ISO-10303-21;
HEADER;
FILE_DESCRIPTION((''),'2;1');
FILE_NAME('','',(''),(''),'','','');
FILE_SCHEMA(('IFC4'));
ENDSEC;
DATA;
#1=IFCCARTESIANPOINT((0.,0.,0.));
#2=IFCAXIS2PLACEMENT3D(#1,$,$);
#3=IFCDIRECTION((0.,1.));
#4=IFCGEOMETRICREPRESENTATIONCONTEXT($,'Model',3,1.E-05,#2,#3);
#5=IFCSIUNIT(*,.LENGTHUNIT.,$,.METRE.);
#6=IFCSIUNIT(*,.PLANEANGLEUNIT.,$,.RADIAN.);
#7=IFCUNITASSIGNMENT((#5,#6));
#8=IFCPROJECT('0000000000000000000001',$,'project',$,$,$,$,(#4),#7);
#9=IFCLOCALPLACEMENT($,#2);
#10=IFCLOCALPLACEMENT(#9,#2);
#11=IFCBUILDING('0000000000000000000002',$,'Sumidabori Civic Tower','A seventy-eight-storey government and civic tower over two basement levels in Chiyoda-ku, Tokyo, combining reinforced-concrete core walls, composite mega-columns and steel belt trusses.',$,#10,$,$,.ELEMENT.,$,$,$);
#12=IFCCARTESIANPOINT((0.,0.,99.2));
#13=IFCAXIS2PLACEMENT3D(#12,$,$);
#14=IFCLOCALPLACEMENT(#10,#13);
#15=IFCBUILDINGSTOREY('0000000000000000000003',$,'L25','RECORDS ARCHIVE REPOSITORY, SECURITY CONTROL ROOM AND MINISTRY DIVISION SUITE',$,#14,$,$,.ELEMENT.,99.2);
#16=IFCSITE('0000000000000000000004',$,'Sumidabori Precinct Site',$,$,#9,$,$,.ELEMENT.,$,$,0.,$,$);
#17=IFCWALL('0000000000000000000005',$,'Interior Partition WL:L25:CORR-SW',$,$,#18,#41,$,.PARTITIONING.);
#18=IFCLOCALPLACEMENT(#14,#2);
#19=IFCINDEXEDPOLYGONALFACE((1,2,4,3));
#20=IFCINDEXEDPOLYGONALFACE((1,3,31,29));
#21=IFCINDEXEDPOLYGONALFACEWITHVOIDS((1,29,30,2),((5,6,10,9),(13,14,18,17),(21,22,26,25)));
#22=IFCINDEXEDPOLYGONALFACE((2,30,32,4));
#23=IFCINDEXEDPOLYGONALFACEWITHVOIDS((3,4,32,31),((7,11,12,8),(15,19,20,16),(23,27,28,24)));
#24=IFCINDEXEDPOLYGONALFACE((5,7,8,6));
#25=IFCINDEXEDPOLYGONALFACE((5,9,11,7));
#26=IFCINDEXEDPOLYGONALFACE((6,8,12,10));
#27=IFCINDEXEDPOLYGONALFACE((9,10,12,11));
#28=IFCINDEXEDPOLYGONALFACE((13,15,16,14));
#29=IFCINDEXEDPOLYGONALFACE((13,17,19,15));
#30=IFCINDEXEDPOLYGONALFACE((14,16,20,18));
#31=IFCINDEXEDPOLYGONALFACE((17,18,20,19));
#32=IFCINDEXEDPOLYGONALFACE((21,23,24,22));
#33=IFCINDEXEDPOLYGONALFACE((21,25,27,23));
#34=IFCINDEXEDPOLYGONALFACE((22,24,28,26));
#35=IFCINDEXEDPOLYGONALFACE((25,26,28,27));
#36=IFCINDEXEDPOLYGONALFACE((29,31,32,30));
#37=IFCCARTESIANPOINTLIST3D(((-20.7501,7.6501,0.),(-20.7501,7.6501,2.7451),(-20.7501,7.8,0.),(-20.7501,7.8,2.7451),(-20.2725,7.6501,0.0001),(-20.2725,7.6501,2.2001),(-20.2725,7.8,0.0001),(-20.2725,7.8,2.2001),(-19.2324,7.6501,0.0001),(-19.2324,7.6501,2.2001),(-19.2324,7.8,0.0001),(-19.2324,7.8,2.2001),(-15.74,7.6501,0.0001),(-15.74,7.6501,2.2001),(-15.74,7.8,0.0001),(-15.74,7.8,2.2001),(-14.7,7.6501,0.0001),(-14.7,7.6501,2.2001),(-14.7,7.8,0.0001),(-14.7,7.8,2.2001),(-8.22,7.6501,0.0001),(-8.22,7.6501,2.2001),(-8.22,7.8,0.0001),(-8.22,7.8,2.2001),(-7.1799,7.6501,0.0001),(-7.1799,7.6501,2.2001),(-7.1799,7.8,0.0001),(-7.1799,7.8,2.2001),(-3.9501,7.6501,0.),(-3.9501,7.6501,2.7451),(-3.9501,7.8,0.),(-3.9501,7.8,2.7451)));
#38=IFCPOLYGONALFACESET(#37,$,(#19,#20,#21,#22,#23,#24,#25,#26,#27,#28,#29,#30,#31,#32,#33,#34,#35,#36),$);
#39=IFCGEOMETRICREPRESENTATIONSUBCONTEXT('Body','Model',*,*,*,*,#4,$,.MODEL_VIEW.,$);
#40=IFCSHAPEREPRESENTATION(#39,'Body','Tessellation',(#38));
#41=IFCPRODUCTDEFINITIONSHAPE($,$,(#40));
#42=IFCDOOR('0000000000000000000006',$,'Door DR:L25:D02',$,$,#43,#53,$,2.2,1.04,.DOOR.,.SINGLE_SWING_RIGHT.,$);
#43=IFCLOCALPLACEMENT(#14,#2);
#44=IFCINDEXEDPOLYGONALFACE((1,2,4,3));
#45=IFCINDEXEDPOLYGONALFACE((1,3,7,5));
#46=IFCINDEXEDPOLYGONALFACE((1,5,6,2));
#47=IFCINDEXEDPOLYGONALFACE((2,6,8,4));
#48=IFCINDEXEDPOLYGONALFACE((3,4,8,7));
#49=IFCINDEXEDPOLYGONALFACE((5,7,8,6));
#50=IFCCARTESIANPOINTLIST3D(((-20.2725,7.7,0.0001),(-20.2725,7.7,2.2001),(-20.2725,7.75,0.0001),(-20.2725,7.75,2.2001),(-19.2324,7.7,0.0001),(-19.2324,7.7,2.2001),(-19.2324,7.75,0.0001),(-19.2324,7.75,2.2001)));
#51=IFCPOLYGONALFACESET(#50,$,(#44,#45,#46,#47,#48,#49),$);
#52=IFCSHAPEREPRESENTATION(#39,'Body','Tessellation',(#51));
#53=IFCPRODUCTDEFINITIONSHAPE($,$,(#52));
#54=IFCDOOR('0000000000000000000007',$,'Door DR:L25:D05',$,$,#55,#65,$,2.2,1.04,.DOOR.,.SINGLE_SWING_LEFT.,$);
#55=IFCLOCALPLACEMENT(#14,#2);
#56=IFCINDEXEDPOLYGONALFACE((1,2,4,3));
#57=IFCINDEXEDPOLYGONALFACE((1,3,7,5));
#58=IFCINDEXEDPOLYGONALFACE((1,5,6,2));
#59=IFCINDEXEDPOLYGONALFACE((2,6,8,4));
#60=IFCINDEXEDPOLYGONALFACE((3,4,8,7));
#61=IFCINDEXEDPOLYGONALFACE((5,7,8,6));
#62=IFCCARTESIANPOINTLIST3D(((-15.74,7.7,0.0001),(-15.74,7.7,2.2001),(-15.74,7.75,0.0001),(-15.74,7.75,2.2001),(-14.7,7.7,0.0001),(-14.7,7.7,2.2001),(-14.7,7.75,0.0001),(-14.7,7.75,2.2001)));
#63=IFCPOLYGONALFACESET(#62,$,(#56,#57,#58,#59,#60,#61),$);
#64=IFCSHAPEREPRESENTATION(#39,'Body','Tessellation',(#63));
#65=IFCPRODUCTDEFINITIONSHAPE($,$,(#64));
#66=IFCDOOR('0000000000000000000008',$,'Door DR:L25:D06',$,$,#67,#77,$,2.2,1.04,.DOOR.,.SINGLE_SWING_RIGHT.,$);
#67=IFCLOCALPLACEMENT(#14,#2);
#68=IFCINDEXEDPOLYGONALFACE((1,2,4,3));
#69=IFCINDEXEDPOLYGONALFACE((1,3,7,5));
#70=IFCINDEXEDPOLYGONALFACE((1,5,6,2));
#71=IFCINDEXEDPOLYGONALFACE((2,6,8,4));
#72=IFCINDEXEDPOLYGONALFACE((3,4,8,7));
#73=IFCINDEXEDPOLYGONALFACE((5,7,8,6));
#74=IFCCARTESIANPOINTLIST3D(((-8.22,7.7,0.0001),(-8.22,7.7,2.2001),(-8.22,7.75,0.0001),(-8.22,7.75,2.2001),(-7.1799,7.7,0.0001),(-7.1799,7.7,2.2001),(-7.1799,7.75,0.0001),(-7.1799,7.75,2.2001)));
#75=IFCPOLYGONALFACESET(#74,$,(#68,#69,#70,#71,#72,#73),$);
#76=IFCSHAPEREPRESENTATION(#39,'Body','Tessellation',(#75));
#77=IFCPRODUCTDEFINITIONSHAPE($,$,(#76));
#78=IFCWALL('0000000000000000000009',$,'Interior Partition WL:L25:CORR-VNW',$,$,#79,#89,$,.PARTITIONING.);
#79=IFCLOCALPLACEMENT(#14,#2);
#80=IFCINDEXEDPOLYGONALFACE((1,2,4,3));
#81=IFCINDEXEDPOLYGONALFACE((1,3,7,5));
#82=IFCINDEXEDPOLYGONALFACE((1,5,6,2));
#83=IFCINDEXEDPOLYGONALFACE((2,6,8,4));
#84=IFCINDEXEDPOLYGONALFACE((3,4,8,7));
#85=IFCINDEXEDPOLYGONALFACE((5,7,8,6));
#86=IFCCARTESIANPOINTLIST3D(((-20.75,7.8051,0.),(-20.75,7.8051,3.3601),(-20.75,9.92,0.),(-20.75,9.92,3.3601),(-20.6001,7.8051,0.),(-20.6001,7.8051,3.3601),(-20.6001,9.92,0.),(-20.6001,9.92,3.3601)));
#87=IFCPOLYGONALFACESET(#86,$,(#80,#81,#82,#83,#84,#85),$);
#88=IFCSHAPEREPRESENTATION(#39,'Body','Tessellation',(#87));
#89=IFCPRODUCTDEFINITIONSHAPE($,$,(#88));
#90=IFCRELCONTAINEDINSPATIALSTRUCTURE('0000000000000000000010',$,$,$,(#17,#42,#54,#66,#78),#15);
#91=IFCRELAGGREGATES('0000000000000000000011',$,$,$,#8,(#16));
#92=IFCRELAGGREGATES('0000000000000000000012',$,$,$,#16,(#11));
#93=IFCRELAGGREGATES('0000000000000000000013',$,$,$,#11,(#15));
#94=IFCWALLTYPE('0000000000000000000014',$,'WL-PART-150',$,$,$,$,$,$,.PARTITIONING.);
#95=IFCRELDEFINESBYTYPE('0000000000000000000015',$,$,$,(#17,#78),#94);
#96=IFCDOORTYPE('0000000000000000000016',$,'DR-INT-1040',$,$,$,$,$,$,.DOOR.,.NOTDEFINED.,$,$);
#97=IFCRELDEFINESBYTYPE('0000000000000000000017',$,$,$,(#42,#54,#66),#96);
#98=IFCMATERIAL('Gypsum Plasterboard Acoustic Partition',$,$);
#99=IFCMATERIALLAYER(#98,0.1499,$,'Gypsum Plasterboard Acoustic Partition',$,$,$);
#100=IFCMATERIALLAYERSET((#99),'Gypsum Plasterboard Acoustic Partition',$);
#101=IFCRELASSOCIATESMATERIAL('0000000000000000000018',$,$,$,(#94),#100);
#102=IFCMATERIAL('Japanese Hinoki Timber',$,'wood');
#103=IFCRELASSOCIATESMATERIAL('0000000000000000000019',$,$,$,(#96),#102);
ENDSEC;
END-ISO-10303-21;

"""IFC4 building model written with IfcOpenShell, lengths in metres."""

from ifc_helpers import new_model, si_unit, direction, frame, frame_2d, origin, place, context, subcontext, project, spatial, rectangle, extrude, source, transform, mapped, material, layer, layer_set, type_object, element, fill, save


model = new_model("IFC4")

# Units and contexts
model_context = context("Model", 3, precision=1e-05, world=origin(), true_north=direction((0.0, 1.0)))
body_context = subcontext(model_context, "Body", "Model", "MODEL_VIEW")
ifc_project = project(units=[si_unit("LENGTHUNIT", "METRE"), si_unit("PLANEANGLEUNIT", "RADIAN")], contexts=[model_context])

# Site, building, storey
site_placement = place(None, origin())
site = spatial("IfcSite", under=ifc_project, at=site_placement, Name="Sumidabori Precinct Site", CompositionType="ELEMENT", RefElevation=0.0)
building_placement = place(site_placement, origin())
building = spatial("IfcBuilding", under=site, at=building_placement, Name="Sumidabori Civic Tower", Description="A seventy-eight-storey government and civic tower over two basement levels in Chiyoda-ku, Tokyo, combining reinforced-concrete core walls, composite mega-columns and steel belt trusses.", CompositionType="ELEMENT")
storey_placement = place(building_placement, frame((0.0, 0.0, 99.2)))
storey = spatial("IfcBuildingStorey", under=building, at=storey_placement, Name="L25", Description="RECORDS ARCHIVE REPOSITORY, SECURITY CONTROL ROOM AND MINISTRY DIVISION SUITE", CompositionType="ELEMENT", Elevation=99.2)

# Shared definitions
ifc_material_1 = material(Name="Gypsum Plasterboard Acoustic Partition")
ifc_layer_1 = layer(ifc_material_1, 0.1499, Name="Gypsum Plasterboard Acoustic Partition")
ifc_layer_set_1 = layer_set([ifc_layer_1], Name="Gypsum Plasterboard Acoustic Partition")
wall_type_1 = type_object("IfcWallType", Name="WL-PART-150", PredefinedType="PARTITIONING", material=ifc_layer_set_1)

# Shared definitions
ifc_material_2 = material(Name="Japanese Hinoki Timber", Category="wood")

# Wall, openings, doors
shared_shape_1 = source(origin(), body_context, "Body", "SweptSolid", [
    extrude(rectangle(XDim=16.8, YDim=0.1499, at=frame_2d((8.3999, 0.0))), origin(), (0.0, 0.0, 1.0), 2.7451),
])
wall_1_placement = place(storey_placement, frame((-20.75, 7.7251, 0.0), z_axis=(0.0, 0.0, 1.0), x_axis=(1.0, 0.0, 0.0)))
wall_1 = element("IfcWall", 1, at=wall_1_placement, inside=storey, type_object=wall_type_1, Name="Interior Partition WL:L25:CORR-SW", PredefinedType="PARTITIONING", context=body_context, shape_type="MappedRepresentation", body=[
    mapped(shared_shape_1, transform((0.0, 0.0, 0.0), x_axis=(1.0, 0.0, 0.0), y_axis=(0.0, 1.0, 0.0), z_axis=(0.0, 0.0, 1.0), scale=1.0)),
])
opening_1_placement = place(wall_1_placement, frame((0.4775, 0.0, 0.0)))
opening_1 = element("IfcOpeningElement", 2, at=opening_1_placement, cuts=wall_1, PredefinedType="OPENING", context=body_context, shape_type="SweptSolid", body=[
    extrude(rectangle(XDim=1.04, YDim=2.2, at=frame_2d((0.52, 1.1001))), frame((0.0, 0.0869, 0.0), z_axis=(0.0, -1.0, 0.0), x_axis=(1.0, 0.0, 0.0)), (0.0, 0.0, 1.0), 0.1738),
])
opening_2_placement = place(wall_1_placement, frame((5.01, 0.0, 0.0)))
opening_2 = element("IfcOpeningElement", 3, at=opening_2_placement, cuts=wall_1, PredefinedType="OPENING", context=body_context, shape_type="SweptSolid", body=[
    extrude(rectangle(XDim=1.04, YDim=2.2, at=frame_2d((0.52, 1.1001))), frame((0.0, 0.0869, 0.0), z_axis=(0.0, -1.0, 0.0), x_axis=(1.0, 0.0, 0.0)), (0.0, 0.0, 1.0), 0.1738),
])
opening_3_placement = place(wall_1_placement, frame((12.53, 0.0, 0.0)))
opening_3 = element("IfcOpeningElement", 4, at=opening_3_placement, cuts=wall_1, PredefinedType="OPENING", context=body_context, shape_type="SweptSolid", body=[
    extrude(rectangle(XDim=1.04, YDim=2.2, at=frame_2d((0.52, 1.1001))), frame((0.0, 0.0869, 0.0), z_axis=(0.0, -1.0, 0.0), x_axis=(1.0, 0.0, 0.0)), (0.0, 0.0, 1.0), 0.1738),
])
door_type_1 = type_object("IfcDoorType", Name="DR-INT-1040", OperationType="NOTDEFINED", PredefinedType="DOOR", material=ifc_material_2)
shared_shape_2 = source(origin(), body_context, "Body", "SweptSolid", [
    extrude(rectangle(XDim=1.04, YDim=2.2, at=frame_2d((0.52, 1.1001))), frame((0.0, 0.0249, 0.0), z_axis=(0.0, -1.0, 0.0), x_axis=(1.0, 0.0, 0.0)), (0.0, 0.0, 1.0), 0.05),
])
door_1_placement = place(opening_1_placement, origin())
door_1 = element("IfcDoor", 5, at=door_1_placement, inside=storey, type_object=door_type_1, Name="Door DR:L25:D02", OperationType="SINGLE_SWING_RIGHT", OverallHeight=2.2, OverallWidth=1.04, PredefinedType="DOOR", context=body_context, shape_type="MappedRepresentation", body=[
    mapped(shared_shape_2, transform((0.0, 0.0, 0.0), x_axis=(1.0, 0.0, 0.0), y_axis=(0.0, 1.0, 0.0), z_axis=(0.0, 0.0, 1.0), scale=1.0)),
])
fill(opening_1, door_1)
door_2_placement = place(opening_2_placement, origin())
door_2 = element("IfcDoor", 6, at=door_2_placement, inside=storey, type_object=door_type_1, Name="Door DR:L25:D05", OperationType="SINGLE_SWING_LEFT", OverallHeight=2.2, OverallWidth=1.04, PredefinedType="DOOR", context=body_context, shape_type="MappedRepresentation", body=[
    mapped(shared_shape_2, transform((0.0, 0.0, 0.0), x_axis=(1.0, 0.0, 0.0), y_axis=(0.0, 1.0, 0.0), z_axis=(0.0, 0.0, 1.0), scale=1.0)),
])
fill(opening_2, door_2)
door_3_placement = place(opening_3_placement, origin())
door_3 = element("IfcDoor", 7, at=door_3_placement, inside=storey, type_object=door_type_1, Name="Door DR:L25:D06", OperationType="SINGLE_SWING_RIGHT", OverallHeight=2.2, OverallWidth=1.04, PredefinedType="DOOR", context=body_context, shape_type="MappedRepresentation", body=[
    mapped(shared_shape_2, transform((0.0, 0.0, 0.0), x_axis=(1.0, 0.0, 0.0), y_axis=(0.0, 1.0, 0.0), z_axis=(0.0, 0.0, 1.0), scale=1.0)),
])
fill(opening_3, door_3)

# Wall
shared_shape_3 = source(origin(), body_context, "Body", "SweptSolid", [
    extrude(rectangle(XDim=2.115, YDim=0.1499, at=frame_2d((1.0576, 0.0))), origin(), (0.0, 0.0, 1.0), 3.3601),
])
wall_2_placement = place(storey_placement, frame((-20.675, 7.8049, 0.0), z_axis=(0.0, 0.0, 1.0), x_axis=(0.0, 1.0, 0.0)))
element("IfcWall", 8, at=wall_2_placement, inside=storey, type_object=wall_type_1, Name="Interior Partition WL:L25:CORR-VNW", PredefinedType="PARTITIONING", context=body_context, shape_type="MappedRepresentation", body=[
    mapped(shared_shape_3, transform((0.0, 0.0, 0.0), x_axis=(1.0, 0.0, 0.0), y_axis=(0.0, 1.0, 0.0), z_axis=(0.0, 0.0, 1.0), scale=1.0)),
])

save(model, "model.ifc")
